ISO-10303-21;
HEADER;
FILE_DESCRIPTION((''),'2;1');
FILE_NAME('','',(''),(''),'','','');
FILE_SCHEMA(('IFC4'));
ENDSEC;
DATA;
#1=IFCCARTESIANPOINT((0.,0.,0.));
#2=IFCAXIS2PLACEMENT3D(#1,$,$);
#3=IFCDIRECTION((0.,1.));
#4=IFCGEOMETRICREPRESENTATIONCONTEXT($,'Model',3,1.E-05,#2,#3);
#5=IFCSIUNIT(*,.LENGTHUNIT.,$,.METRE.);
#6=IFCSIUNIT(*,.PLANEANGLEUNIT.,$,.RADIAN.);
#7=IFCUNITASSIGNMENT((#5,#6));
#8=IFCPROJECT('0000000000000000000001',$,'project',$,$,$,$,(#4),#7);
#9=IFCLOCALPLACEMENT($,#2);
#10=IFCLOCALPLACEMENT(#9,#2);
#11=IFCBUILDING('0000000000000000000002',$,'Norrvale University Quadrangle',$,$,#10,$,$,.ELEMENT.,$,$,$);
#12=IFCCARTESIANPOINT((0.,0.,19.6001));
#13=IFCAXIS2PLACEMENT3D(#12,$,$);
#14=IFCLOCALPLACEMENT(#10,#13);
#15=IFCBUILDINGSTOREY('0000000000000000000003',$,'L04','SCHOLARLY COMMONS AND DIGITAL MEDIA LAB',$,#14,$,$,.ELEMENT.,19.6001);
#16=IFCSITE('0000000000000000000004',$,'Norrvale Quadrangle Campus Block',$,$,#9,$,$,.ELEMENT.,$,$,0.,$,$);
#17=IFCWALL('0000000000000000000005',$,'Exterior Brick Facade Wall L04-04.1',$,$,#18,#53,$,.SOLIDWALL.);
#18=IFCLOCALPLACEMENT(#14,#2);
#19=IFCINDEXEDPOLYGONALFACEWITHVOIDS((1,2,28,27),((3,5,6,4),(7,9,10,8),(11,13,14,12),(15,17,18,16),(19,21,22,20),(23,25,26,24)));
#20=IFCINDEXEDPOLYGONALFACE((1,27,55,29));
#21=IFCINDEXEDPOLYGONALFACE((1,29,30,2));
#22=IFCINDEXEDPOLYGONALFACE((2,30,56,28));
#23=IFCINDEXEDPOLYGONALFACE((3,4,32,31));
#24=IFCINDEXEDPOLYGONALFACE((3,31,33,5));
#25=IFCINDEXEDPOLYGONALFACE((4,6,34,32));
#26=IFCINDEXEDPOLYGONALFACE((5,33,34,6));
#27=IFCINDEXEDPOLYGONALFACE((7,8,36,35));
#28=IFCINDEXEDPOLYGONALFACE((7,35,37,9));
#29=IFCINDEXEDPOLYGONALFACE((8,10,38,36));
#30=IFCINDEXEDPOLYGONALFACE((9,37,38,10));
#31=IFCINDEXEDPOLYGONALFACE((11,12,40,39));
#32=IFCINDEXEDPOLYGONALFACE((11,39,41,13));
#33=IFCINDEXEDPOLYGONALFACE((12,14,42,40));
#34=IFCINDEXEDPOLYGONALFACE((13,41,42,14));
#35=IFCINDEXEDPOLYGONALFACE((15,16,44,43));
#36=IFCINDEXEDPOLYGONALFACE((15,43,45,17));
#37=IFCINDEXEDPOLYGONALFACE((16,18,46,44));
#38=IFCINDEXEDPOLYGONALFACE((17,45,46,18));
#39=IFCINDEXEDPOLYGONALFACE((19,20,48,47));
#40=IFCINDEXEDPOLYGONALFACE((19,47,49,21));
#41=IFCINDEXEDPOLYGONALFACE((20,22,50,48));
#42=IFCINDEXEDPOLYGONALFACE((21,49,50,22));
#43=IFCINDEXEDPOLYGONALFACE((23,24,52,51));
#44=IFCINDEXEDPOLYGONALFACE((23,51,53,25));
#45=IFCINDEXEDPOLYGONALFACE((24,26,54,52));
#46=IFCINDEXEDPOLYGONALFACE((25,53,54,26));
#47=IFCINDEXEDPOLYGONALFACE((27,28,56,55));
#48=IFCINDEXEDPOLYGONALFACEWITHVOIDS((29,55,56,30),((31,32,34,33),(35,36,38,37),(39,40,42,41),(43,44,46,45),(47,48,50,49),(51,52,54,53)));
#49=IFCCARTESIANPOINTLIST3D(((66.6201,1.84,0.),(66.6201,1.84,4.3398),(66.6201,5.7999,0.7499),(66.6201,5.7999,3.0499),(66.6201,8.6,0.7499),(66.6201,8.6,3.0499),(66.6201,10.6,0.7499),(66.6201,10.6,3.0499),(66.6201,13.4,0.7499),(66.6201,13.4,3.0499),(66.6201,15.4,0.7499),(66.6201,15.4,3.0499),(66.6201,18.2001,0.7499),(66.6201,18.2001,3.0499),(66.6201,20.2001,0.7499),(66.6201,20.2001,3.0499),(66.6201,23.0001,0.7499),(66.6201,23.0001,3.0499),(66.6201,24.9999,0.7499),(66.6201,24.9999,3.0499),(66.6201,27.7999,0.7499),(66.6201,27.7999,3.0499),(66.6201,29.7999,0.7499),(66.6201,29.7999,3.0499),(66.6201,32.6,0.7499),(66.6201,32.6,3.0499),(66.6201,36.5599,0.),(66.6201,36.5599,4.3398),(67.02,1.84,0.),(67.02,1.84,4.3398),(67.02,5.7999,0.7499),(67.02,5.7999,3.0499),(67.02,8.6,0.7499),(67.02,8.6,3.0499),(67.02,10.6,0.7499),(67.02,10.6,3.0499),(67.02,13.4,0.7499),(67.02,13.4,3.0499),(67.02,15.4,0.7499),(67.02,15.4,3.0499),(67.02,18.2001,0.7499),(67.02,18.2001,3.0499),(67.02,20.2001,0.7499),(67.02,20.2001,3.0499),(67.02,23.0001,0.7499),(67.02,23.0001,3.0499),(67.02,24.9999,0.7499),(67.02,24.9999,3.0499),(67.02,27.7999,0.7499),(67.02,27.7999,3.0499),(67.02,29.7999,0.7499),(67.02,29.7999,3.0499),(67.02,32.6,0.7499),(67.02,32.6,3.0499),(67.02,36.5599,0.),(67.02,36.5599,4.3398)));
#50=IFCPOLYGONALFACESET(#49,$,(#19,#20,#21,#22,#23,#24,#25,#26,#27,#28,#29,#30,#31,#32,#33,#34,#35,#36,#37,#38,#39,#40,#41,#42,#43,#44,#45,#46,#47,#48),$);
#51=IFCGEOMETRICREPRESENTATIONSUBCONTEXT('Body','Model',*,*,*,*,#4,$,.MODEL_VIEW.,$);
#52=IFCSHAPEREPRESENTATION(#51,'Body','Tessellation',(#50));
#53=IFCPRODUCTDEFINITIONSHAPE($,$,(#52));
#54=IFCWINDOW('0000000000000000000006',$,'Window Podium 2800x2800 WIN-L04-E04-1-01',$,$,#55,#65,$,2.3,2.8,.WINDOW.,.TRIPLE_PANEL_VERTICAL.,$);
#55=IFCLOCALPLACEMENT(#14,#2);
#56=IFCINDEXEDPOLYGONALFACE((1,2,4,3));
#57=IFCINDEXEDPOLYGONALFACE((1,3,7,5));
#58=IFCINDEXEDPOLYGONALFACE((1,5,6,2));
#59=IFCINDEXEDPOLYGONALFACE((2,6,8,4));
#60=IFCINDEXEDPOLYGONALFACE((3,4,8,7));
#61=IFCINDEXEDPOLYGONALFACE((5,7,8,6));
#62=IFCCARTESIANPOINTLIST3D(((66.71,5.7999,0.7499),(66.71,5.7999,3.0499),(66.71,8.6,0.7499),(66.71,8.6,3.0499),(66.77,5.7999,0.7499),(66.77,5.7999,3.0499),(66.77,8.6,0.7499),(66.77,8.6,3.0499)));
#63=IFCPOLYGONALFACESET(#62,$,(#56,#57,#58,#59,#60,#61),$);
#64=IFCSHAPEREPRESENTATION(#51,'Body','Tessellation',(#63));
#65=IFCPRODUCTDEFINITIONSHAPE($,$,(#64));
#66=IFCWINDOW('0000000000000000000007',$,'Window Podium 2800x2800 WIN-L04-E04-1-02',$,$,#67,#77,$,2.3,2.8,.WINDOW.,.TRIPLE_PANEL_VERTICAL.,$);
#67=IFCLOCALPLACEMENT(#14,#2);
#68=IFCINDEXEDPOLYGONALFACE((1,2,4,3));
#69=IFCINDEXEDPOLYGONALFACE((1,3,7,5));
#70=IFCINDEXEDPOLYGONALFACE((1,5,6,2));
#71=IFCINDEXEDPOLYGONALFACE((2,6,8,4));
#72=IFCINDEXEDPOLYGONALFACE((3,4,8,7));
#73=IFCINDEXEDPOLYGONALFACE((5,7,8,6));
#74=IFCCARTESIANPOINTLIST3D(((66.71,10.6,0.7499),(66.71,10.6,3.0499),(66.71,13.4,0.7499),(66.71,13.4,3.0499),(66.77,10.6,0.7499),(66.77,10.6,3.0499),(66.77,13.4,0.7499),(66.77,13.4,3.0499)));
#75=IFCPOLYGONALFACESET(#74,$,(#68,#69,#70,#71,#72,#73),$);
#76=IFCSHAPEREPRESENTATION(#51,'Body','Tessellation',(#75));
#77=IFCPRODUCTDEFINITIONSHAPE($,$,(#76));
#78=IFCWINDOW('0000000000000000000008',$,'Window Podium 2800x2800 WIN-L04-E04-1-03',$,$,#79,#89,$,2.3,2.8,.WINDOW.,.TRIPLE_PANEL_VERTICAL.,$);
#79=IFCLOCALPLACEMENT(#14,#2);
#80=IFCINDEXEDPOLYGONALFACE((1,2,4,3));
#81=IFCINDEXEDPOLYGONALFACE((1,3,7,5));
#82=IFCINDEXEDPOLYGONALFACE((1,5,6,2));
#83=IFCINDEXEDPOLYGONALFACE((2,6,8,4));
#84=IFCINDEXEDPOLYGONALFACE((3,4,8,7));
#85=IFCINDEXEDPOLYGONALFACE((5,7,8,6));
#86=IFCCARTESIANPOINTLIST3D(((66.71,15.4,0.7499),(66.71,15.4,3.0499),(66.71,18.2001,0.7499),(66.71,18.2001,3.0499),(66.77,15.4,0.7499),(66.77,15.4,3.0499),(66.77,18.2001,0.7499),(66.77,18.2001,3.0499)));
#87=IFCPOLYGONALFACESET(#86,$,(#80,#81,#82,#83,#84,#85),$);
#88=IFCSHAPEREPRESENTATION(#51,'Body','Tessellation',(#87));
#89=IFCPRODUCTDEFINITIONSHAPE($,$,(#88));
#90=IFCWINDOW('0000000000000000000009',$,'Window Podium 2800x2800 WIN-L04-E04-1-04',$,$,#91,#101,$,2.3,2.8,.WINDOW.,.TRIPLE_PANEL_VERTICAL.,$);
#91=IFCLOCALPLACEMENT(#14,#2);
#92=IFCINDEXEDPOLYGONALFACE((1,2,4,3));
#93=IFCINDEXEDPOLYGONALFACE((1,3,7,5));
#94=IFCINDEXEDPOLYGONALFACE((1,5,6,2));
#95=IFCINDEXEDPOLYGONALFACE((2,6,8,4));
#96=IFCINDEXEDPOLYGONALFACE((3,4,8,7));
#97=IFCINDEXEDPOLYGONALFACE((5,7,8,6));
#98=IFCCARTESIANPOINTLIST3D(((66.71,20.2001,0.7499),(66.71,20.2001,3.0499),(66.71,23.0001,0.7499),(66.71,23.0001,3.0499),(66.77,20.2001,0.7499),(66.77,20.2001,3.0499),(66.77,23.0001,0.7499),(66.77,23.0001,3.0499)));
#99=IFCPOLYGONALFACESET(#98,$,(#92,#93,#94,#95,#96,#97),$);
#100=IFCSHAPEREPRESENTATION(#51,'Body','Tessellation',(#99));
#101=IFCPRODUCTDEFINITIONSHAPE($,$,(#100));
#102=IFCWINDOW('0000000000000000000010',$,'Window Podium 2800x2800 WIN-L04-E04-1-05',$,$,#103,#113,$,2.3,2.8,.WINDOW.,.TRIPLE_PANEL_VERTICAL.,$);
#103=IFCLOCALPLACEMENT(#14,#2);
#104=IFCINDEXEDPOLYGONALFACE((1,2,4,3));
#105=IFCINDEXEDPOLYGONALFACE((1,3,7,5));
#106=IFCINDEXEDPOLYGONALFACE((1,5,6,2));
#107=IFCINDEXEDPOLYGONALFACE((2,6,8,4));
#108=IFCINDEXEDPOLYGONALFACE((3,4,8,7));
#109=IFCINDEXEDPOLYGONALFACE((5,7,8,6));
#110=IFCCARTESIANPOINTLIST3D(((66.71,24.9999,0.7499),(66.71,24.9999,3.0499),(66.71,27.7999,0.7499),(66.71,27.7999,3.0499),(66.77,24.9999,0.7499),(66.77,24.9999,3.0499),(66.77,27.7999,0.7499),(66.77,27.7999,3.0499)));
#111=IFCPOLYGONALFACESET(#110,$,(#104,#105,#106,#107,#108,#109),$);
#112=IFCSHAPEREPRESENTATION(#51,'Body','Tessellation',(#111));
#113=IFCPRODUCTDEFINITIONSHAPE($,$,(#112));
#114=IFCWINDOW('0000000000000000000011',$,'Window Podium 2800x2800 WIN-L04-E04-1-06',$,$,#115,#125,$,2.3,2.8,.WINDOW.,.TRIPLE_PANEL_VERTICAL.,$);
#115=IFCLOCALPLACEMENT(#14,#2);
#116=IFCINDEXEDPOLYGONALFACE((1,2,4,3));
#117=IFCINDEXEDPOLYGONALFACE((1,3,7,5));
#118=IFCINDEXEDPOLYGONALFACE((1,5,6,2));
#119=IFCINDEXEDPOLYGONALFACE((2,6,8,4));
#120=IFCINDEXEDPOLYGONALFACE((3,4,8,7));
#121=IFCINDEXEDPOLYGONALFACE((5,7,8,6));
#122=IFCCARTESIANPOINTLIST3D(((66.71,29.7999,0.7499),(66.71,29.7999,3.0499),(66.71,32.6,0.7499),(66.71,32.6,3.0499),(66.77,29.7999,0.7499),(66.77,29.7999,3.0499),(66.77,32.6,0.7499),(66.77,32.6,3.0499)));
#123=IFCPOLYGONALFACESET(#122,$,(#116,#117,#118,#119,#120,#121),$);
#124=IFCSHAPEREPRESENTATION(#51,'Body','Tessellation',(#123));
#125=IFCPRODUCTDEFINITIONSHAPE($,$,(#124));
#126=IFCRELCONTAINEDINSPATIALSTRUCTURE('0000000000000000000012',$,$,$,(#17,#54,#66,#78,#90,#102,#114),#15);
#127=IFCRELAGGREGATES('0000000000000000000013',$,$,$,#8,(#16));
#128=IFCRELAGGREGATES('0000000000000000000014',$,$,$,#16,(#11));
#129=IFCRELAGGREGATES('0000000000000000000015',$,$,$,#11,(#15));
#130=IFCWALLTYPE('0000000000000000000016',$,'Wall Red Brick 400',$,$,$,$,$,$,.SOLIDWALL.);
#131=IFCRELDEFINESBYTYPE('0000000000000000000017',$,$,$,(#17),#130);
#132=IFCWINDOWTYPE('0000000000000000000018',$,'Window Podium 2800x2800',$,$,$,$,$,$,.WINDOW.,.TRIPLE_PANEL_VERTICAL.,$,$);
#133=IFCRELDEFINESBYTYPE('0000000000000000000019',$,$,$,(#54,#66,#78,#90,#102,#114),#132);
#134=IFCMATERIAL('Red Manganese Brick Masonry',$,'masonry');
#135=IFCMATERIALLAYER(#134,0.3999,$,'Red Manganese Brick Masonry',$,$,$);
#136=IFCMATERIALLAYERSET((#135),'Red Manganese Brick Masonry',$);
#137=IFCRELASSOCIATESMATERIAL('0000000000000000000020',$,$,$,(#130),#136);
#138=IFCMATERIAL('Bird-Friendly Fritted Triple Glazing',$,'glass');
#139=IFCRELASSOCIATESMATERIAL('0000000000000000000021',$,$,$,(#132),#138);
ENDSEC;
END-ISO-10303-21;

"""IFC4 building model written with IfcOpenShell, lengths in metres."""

from ifc_helpers import new_model, si_unit, direction, frame, frame_2d, origin, place, context, subcontext, project, spatial, rectangle, extrude, material, layer, layer_set, type_object, element, fill, save


model = new_model("IFC4")

# Units and contexts
model_context = context("Model", 3, precision=1e-05, world=origin(), true_north=direction((0.0, 1.0)))
body_context = subcontext(model_context, "Body", "Model", "MODEL_VIEW")
ifc_project = project(units=[si_unit("LENGTHUNIT", "METRE"), si_unit("PLANEANGLEUNIT", "RADIAN")], contexts=[model_context])

# Site, building, storey
site_placement = place(None, origin())
site = spatial("IfcSite", under=ifc_project, at=site_placement, Name="Norrvale Quadrangle Campus Block", CompositionType="ELEMENT", RefElevation=0.0)
building_placement = place(site_placement, origin())
building = spatial("IfcBuilding", under=site, at=building_placement, Name="Norrvale University Quadrangle", CompositionType="ELEMENT")
storey_placement = place(building_placement, frame((0.0, 0.0, 19.6001)))
storey = spatial("IfcBuildingStorey", under=building, at=storey_placement, Name="L04", Description="SCHOLARLY COMMONS AND DIGITAL MEDIA LAB", CompositionType="ELEMENT", Elevation=19.6001)

# Shared definitions
ifc_material_1 = material(Name="Red Manganese Brick Masonry", Category="masonry")
ifc_layer_1 = layer(ifc_material_1, 0.3999, Name="Red Manganese Brick Masonry")
ifc_layer_set_1 = layer_set([ifc_layer_1], Name="Red Manganese Brick Masonry")
wall_type_1 = type_object("IfcWallType", Name="Wall Red Brick 400", PredefinedType="SOLIDWALL", material=ifc_layer_set_1)

# Wall, openings, windows
wall_1_placement = place(storey_placement, frame((66.8201, 1.8401, 0.0), z_axis=(0.0, 0.0, 1.0), x_axis=(0.0, 1.0, 0.0)))
wall_1 = element("IfcWall", 1, at=wall_1_placement, inside=storey, type_object=wall_type_1, Name="Exterior Brick Facade Wall L04-04.1", PredefinedType="SOLIDWALL", context=body_context, shape_type="SweptSolid", body=[
    extrude(rectangle(XDim=34.72, YDim=0.3999, at=frame_2d((17.3599, 0.0))), origin(), (0.0, 0.0, 1.0), 4.3398),
])
opening_1_placement = place(wall_1_placement, frame((3.96, 0.0, 0.75)))
opening_1 = element("IfcOpeningElement", 2, at=opening_1_placement, cuts=wall_1, PredefinedType="OPENING", context=body_context, shape_type="SweptSolid", body=[
    extrude(rectangle(XDim=2.8, YDim=2.3, at=frame_2d((1.3999, 1.1499))), frame((0.0, 0.2119, 0.0), z_axis=(0.0, -1.0, 0.0), x_axis=(1.0, 0.0, 0.0)), (0.0, 0.0, 1.0), 0.4238),
])
opening_2_placement = place(wall_1_placement, frame((8.76, 0.0, 0.75)))
opening_2 = element("IfcOpeningElement", 3, at=opening_2_placement, cuts=wall_1, PredefinedType="OPENING", context=body_context, shape_type="SweptSolid", body=[
    extrude(rectangle(XDim=2.8, YDim=2.3, at=frame_2d((1.3999, 1.1499))), frame((0.0, 0.2119, 0.0), z_axis=(0.0, -1.0, 0.0), x_axis=(1.0, 0.0, 0.0)), (0.0, 0.0, 1.0), 0.4238),
])
opening_3_placement = place(wall_1_placement, frame((13.5601, 0.0, 0.75)))
opening_3 = element("IfcOpeningElement", 4, at=opening_3_placement, cuts=wall_1, PredefinedType="OPENING", context=body_context, shape_type="SweptSolid", body=[
    extrude(rectangle(XDim=2.8, YDim=2.3, at=frame_2d((1.3999, 1.1499))), frame((0.0, 0.2119, 0.0), z_axis=(0.0, -1.0, 0.0), x_axis=(1.0, 0.0, 0.0)), (0.0, 0.0, 1.0), 0.4238),
])
opening_4_placement = place(wall_1_placement, frame((18.3601, 0.0, 0.75)))
opening_4 = element("IfcOpeningElement", 5, at=opening_4_placement, cuts=wall_1, PredefinedType="OPENING", context=body_context, shape_type="SweptSolid", body=[
    extrude(rectangle(XDim=2.8, YDim=2.3, at=frame_2d((1.3999, 1.1499))), frame((0.0, 0.2119, 0.0), z_axis=(0.0, -1.0, 0.0), x_axis=(1.0, 0.0, 0.0)), (0.0, 0.0, 1.0), 0.4238),
])
opening_5_placement = place(wall_1_placement, frame((23.1599, 0.0, 0.75)))
opening_5 = element("IfcOpeningElement", 6, at=opening_5_placement, cuts=wall_1, PredefinedType="OPENING", context=body_context, shape_type="SweptSolid", body=[
    extrude(rectangle(XDim=2.8, YDim=2.3, at=frame_2d((1.3999, 1.1499))), frame((0.0, 0.2119, 0.0), z_axis=(0.0, -1.0, 0.0), x_axis=(1.0, 0.0, 0.0)), (0.0, 0.0, 1.0), 0.4238),
])
opening_6_placement = place(wall_1_placement, frame((27.96, 0.0, 0.75)))
opening_6 = element("IfcOpeningElement", 7, at=opening_6_placement, cuts=wall_1, PredefinedType="OPENING", context=body_context, shape_type="SweptSolid", body=[
    extrude(rectangle(XDim=2.8, YDim=2.3, at=frame_2d((1.3999, 1.1499))), frame((0.0, 0.2119, 0.0), z_axis=(0.0, -1.0, 0.0), x_axis=(1.0, 0.0, 0.0)), (0.0, 0.0, 1.0), 0.4238),
])
ifc_material_2 = material(Name="Bird-Friendly Fritted Triple Glazing", Category="glass")
window_type_1 = type_object("IfcWindowType", Name="Window Podium 2800x2800", PartitioningType="TRIPLE_PANEL_VERTICAL", PredefinedType="WINDOW", material=ifc_material_2)
window_1_placement = place(opening_1_placement, origin())
window_1 = element("IfcWindow", 8, at=window_1_placement, inside=storey, type_object=window_type_1, Name="Window Podium 2800x2800 WIN-L04-E04-1-01", OverallHeight=2.3, OverallWidth=2.8, PartitioningType="TRIPLE_PANEL_VERTICAL", PredefinedType="WINDOW", context=body_context, shape_type="SweptSolid", body=[
    extrude(rectangle(XDim=2.8, YDim=2.3, at=frame_2d((1.3999, 1.1499))), frame((0.0, 0.1101, 0.0), z_axis=(0.0, -1.0, 0.0), x_axis=(1.0, 0.0, 0.0)), (0.0, 0.0, 1.0), 0.0601),
])
fill(opening_1, window_1)
window_2_placement = place(opening_2_placement, origin())
window_2 = element("IfcWindow", 9, at=window_2_placement, inside=storey, type_object=window_type_1, Name="Window Podium 2800x2800 WIN-L04-E04-1-02", OverallHeight=2.3, OverallWidth=2.8, PartitioningType="TRIPLE_PANEL_VERTICAL", PredefinedType="WINDOW", context=body_context, shape_type="SweptSolid", body=[
    extrude(rectangle(XDim=2.8, YDim=2.3, at=frame_2d((1.3999, 1.1499))), frame((0.0, 0.1101, 0.0), z_axis=(0.0, -1.0, 0.0), x_axis=(1.0, 0.0, 0.0)), (0.0, 0.0, 1.0), 0.0601),
])
fill(opening_2, window_2)
window_3_placement = place(opening_3_placement, origin())
window_3 = element("IfcWindow", 10, at=window_3_placement, inside=storey, type_object=window_type_1, Name="Window Podium 2800x2800 WIN-L04-E04-1-03", OverallHeight=2.3, OverallWidth=2.8, PartitioningType="TRIPLE_PANEL_VERTICAL", PredefinedType="WINDOW", context=body_context, shape_type="SweptSolid", body=[
    extrude(rectangle(XDim=2.8, YDim=2.3, at=frame_2d((1.3999, 1.1499))), frame((0.0, 0.1101, 0.0), z_axis=(0.0, -1.0, 0.0), x_axis=(1.0, 0.0, 0.0)), (0.0, 0.0, 1.0), 0.0601),
])
fill(opening_3, window_3)
window_4_placement = place(opening_4_placement, origin())
window_4 = element("IfcWindow", 11, at=window_4_placement, inside=storey, type_object=window_type_1, Name="Window Podium 2800x2800 WIN-L04-E04-1-04", OverallHeight=2.3, OverallWidth=2.8, PartitioningType="TRIPLE_PANEL_VERTICAL", PredefinedType="WINDOW", context=body_context, shape_type="SweptSolid", body=[
    extrude(rectangle(XDim=2.8, YDim=2.3, at=frame_2d((1.3999, 1.1499))), frame((0.0, 0.1101, 0.0), z_axis=(0.0, -1.0, 0.0), x_axis=(1.0, 0.0, 0.0)), (0.0, 0.0, 1.0), 0.0601),
])
fill(opening_4, window_4)
window_5_placement = place(opening_5_placement, origin())
window_5 = element("IfcWindow", 12, at=window_5_placement, inside=storey, type_object=window_type_1, Name="Window Podium 2800x2800 WIN-L04-E04-1-05", OverallHeight=2.3, OverallWidth=2.8, PartitioningType="TRIPLE_PANEL_VERTICAL", PredefinedType="WINDOW", context=body_context, shape_type="SweptSolid", body=[
    extrude(rectangle(XDim=2.8, YDim=2.3, at=frame_2d((1.3999, 1.1499))), frame((0.0, 0.1101, 0.0), z_axis=(0.0, -1.0, 0.0), x_axis=(1.0, 0.0, 0.0)), (0.0, 0.0, 1.0), 0.0601),
])
fill(opening_5, window_5)
window_6_placement = place(opening_6_placement, origin())
window_6 = element("IfcWindow", 13, at=window_6_placement, inside=storey, type_object=window_type_1, Name="Window Podium 2800x2800 WIN-L04-E04-1-06", OverallHeight=2.3, OverallWidth=2.8, PartitioningType="TRIPLE_PANEL_VERTICAL", PredefinedType="WINDOW", context=body_context, shape_type="SweptSolid", body=[
    extrude(rectangle(XDim=2.8, YDim=2.3, at=frame_2d((1.3999, 1.1499))), frame((0.0, 0.1101, 0.0), z_axis=(0.0, -1.0, 0.0), x_axis=(1.0, 0.0, 0.0)), (0.0, 0.0, 1.0), 0.0601),
])
fill(opening_6, window_6)

save(model, "model.ifc")
